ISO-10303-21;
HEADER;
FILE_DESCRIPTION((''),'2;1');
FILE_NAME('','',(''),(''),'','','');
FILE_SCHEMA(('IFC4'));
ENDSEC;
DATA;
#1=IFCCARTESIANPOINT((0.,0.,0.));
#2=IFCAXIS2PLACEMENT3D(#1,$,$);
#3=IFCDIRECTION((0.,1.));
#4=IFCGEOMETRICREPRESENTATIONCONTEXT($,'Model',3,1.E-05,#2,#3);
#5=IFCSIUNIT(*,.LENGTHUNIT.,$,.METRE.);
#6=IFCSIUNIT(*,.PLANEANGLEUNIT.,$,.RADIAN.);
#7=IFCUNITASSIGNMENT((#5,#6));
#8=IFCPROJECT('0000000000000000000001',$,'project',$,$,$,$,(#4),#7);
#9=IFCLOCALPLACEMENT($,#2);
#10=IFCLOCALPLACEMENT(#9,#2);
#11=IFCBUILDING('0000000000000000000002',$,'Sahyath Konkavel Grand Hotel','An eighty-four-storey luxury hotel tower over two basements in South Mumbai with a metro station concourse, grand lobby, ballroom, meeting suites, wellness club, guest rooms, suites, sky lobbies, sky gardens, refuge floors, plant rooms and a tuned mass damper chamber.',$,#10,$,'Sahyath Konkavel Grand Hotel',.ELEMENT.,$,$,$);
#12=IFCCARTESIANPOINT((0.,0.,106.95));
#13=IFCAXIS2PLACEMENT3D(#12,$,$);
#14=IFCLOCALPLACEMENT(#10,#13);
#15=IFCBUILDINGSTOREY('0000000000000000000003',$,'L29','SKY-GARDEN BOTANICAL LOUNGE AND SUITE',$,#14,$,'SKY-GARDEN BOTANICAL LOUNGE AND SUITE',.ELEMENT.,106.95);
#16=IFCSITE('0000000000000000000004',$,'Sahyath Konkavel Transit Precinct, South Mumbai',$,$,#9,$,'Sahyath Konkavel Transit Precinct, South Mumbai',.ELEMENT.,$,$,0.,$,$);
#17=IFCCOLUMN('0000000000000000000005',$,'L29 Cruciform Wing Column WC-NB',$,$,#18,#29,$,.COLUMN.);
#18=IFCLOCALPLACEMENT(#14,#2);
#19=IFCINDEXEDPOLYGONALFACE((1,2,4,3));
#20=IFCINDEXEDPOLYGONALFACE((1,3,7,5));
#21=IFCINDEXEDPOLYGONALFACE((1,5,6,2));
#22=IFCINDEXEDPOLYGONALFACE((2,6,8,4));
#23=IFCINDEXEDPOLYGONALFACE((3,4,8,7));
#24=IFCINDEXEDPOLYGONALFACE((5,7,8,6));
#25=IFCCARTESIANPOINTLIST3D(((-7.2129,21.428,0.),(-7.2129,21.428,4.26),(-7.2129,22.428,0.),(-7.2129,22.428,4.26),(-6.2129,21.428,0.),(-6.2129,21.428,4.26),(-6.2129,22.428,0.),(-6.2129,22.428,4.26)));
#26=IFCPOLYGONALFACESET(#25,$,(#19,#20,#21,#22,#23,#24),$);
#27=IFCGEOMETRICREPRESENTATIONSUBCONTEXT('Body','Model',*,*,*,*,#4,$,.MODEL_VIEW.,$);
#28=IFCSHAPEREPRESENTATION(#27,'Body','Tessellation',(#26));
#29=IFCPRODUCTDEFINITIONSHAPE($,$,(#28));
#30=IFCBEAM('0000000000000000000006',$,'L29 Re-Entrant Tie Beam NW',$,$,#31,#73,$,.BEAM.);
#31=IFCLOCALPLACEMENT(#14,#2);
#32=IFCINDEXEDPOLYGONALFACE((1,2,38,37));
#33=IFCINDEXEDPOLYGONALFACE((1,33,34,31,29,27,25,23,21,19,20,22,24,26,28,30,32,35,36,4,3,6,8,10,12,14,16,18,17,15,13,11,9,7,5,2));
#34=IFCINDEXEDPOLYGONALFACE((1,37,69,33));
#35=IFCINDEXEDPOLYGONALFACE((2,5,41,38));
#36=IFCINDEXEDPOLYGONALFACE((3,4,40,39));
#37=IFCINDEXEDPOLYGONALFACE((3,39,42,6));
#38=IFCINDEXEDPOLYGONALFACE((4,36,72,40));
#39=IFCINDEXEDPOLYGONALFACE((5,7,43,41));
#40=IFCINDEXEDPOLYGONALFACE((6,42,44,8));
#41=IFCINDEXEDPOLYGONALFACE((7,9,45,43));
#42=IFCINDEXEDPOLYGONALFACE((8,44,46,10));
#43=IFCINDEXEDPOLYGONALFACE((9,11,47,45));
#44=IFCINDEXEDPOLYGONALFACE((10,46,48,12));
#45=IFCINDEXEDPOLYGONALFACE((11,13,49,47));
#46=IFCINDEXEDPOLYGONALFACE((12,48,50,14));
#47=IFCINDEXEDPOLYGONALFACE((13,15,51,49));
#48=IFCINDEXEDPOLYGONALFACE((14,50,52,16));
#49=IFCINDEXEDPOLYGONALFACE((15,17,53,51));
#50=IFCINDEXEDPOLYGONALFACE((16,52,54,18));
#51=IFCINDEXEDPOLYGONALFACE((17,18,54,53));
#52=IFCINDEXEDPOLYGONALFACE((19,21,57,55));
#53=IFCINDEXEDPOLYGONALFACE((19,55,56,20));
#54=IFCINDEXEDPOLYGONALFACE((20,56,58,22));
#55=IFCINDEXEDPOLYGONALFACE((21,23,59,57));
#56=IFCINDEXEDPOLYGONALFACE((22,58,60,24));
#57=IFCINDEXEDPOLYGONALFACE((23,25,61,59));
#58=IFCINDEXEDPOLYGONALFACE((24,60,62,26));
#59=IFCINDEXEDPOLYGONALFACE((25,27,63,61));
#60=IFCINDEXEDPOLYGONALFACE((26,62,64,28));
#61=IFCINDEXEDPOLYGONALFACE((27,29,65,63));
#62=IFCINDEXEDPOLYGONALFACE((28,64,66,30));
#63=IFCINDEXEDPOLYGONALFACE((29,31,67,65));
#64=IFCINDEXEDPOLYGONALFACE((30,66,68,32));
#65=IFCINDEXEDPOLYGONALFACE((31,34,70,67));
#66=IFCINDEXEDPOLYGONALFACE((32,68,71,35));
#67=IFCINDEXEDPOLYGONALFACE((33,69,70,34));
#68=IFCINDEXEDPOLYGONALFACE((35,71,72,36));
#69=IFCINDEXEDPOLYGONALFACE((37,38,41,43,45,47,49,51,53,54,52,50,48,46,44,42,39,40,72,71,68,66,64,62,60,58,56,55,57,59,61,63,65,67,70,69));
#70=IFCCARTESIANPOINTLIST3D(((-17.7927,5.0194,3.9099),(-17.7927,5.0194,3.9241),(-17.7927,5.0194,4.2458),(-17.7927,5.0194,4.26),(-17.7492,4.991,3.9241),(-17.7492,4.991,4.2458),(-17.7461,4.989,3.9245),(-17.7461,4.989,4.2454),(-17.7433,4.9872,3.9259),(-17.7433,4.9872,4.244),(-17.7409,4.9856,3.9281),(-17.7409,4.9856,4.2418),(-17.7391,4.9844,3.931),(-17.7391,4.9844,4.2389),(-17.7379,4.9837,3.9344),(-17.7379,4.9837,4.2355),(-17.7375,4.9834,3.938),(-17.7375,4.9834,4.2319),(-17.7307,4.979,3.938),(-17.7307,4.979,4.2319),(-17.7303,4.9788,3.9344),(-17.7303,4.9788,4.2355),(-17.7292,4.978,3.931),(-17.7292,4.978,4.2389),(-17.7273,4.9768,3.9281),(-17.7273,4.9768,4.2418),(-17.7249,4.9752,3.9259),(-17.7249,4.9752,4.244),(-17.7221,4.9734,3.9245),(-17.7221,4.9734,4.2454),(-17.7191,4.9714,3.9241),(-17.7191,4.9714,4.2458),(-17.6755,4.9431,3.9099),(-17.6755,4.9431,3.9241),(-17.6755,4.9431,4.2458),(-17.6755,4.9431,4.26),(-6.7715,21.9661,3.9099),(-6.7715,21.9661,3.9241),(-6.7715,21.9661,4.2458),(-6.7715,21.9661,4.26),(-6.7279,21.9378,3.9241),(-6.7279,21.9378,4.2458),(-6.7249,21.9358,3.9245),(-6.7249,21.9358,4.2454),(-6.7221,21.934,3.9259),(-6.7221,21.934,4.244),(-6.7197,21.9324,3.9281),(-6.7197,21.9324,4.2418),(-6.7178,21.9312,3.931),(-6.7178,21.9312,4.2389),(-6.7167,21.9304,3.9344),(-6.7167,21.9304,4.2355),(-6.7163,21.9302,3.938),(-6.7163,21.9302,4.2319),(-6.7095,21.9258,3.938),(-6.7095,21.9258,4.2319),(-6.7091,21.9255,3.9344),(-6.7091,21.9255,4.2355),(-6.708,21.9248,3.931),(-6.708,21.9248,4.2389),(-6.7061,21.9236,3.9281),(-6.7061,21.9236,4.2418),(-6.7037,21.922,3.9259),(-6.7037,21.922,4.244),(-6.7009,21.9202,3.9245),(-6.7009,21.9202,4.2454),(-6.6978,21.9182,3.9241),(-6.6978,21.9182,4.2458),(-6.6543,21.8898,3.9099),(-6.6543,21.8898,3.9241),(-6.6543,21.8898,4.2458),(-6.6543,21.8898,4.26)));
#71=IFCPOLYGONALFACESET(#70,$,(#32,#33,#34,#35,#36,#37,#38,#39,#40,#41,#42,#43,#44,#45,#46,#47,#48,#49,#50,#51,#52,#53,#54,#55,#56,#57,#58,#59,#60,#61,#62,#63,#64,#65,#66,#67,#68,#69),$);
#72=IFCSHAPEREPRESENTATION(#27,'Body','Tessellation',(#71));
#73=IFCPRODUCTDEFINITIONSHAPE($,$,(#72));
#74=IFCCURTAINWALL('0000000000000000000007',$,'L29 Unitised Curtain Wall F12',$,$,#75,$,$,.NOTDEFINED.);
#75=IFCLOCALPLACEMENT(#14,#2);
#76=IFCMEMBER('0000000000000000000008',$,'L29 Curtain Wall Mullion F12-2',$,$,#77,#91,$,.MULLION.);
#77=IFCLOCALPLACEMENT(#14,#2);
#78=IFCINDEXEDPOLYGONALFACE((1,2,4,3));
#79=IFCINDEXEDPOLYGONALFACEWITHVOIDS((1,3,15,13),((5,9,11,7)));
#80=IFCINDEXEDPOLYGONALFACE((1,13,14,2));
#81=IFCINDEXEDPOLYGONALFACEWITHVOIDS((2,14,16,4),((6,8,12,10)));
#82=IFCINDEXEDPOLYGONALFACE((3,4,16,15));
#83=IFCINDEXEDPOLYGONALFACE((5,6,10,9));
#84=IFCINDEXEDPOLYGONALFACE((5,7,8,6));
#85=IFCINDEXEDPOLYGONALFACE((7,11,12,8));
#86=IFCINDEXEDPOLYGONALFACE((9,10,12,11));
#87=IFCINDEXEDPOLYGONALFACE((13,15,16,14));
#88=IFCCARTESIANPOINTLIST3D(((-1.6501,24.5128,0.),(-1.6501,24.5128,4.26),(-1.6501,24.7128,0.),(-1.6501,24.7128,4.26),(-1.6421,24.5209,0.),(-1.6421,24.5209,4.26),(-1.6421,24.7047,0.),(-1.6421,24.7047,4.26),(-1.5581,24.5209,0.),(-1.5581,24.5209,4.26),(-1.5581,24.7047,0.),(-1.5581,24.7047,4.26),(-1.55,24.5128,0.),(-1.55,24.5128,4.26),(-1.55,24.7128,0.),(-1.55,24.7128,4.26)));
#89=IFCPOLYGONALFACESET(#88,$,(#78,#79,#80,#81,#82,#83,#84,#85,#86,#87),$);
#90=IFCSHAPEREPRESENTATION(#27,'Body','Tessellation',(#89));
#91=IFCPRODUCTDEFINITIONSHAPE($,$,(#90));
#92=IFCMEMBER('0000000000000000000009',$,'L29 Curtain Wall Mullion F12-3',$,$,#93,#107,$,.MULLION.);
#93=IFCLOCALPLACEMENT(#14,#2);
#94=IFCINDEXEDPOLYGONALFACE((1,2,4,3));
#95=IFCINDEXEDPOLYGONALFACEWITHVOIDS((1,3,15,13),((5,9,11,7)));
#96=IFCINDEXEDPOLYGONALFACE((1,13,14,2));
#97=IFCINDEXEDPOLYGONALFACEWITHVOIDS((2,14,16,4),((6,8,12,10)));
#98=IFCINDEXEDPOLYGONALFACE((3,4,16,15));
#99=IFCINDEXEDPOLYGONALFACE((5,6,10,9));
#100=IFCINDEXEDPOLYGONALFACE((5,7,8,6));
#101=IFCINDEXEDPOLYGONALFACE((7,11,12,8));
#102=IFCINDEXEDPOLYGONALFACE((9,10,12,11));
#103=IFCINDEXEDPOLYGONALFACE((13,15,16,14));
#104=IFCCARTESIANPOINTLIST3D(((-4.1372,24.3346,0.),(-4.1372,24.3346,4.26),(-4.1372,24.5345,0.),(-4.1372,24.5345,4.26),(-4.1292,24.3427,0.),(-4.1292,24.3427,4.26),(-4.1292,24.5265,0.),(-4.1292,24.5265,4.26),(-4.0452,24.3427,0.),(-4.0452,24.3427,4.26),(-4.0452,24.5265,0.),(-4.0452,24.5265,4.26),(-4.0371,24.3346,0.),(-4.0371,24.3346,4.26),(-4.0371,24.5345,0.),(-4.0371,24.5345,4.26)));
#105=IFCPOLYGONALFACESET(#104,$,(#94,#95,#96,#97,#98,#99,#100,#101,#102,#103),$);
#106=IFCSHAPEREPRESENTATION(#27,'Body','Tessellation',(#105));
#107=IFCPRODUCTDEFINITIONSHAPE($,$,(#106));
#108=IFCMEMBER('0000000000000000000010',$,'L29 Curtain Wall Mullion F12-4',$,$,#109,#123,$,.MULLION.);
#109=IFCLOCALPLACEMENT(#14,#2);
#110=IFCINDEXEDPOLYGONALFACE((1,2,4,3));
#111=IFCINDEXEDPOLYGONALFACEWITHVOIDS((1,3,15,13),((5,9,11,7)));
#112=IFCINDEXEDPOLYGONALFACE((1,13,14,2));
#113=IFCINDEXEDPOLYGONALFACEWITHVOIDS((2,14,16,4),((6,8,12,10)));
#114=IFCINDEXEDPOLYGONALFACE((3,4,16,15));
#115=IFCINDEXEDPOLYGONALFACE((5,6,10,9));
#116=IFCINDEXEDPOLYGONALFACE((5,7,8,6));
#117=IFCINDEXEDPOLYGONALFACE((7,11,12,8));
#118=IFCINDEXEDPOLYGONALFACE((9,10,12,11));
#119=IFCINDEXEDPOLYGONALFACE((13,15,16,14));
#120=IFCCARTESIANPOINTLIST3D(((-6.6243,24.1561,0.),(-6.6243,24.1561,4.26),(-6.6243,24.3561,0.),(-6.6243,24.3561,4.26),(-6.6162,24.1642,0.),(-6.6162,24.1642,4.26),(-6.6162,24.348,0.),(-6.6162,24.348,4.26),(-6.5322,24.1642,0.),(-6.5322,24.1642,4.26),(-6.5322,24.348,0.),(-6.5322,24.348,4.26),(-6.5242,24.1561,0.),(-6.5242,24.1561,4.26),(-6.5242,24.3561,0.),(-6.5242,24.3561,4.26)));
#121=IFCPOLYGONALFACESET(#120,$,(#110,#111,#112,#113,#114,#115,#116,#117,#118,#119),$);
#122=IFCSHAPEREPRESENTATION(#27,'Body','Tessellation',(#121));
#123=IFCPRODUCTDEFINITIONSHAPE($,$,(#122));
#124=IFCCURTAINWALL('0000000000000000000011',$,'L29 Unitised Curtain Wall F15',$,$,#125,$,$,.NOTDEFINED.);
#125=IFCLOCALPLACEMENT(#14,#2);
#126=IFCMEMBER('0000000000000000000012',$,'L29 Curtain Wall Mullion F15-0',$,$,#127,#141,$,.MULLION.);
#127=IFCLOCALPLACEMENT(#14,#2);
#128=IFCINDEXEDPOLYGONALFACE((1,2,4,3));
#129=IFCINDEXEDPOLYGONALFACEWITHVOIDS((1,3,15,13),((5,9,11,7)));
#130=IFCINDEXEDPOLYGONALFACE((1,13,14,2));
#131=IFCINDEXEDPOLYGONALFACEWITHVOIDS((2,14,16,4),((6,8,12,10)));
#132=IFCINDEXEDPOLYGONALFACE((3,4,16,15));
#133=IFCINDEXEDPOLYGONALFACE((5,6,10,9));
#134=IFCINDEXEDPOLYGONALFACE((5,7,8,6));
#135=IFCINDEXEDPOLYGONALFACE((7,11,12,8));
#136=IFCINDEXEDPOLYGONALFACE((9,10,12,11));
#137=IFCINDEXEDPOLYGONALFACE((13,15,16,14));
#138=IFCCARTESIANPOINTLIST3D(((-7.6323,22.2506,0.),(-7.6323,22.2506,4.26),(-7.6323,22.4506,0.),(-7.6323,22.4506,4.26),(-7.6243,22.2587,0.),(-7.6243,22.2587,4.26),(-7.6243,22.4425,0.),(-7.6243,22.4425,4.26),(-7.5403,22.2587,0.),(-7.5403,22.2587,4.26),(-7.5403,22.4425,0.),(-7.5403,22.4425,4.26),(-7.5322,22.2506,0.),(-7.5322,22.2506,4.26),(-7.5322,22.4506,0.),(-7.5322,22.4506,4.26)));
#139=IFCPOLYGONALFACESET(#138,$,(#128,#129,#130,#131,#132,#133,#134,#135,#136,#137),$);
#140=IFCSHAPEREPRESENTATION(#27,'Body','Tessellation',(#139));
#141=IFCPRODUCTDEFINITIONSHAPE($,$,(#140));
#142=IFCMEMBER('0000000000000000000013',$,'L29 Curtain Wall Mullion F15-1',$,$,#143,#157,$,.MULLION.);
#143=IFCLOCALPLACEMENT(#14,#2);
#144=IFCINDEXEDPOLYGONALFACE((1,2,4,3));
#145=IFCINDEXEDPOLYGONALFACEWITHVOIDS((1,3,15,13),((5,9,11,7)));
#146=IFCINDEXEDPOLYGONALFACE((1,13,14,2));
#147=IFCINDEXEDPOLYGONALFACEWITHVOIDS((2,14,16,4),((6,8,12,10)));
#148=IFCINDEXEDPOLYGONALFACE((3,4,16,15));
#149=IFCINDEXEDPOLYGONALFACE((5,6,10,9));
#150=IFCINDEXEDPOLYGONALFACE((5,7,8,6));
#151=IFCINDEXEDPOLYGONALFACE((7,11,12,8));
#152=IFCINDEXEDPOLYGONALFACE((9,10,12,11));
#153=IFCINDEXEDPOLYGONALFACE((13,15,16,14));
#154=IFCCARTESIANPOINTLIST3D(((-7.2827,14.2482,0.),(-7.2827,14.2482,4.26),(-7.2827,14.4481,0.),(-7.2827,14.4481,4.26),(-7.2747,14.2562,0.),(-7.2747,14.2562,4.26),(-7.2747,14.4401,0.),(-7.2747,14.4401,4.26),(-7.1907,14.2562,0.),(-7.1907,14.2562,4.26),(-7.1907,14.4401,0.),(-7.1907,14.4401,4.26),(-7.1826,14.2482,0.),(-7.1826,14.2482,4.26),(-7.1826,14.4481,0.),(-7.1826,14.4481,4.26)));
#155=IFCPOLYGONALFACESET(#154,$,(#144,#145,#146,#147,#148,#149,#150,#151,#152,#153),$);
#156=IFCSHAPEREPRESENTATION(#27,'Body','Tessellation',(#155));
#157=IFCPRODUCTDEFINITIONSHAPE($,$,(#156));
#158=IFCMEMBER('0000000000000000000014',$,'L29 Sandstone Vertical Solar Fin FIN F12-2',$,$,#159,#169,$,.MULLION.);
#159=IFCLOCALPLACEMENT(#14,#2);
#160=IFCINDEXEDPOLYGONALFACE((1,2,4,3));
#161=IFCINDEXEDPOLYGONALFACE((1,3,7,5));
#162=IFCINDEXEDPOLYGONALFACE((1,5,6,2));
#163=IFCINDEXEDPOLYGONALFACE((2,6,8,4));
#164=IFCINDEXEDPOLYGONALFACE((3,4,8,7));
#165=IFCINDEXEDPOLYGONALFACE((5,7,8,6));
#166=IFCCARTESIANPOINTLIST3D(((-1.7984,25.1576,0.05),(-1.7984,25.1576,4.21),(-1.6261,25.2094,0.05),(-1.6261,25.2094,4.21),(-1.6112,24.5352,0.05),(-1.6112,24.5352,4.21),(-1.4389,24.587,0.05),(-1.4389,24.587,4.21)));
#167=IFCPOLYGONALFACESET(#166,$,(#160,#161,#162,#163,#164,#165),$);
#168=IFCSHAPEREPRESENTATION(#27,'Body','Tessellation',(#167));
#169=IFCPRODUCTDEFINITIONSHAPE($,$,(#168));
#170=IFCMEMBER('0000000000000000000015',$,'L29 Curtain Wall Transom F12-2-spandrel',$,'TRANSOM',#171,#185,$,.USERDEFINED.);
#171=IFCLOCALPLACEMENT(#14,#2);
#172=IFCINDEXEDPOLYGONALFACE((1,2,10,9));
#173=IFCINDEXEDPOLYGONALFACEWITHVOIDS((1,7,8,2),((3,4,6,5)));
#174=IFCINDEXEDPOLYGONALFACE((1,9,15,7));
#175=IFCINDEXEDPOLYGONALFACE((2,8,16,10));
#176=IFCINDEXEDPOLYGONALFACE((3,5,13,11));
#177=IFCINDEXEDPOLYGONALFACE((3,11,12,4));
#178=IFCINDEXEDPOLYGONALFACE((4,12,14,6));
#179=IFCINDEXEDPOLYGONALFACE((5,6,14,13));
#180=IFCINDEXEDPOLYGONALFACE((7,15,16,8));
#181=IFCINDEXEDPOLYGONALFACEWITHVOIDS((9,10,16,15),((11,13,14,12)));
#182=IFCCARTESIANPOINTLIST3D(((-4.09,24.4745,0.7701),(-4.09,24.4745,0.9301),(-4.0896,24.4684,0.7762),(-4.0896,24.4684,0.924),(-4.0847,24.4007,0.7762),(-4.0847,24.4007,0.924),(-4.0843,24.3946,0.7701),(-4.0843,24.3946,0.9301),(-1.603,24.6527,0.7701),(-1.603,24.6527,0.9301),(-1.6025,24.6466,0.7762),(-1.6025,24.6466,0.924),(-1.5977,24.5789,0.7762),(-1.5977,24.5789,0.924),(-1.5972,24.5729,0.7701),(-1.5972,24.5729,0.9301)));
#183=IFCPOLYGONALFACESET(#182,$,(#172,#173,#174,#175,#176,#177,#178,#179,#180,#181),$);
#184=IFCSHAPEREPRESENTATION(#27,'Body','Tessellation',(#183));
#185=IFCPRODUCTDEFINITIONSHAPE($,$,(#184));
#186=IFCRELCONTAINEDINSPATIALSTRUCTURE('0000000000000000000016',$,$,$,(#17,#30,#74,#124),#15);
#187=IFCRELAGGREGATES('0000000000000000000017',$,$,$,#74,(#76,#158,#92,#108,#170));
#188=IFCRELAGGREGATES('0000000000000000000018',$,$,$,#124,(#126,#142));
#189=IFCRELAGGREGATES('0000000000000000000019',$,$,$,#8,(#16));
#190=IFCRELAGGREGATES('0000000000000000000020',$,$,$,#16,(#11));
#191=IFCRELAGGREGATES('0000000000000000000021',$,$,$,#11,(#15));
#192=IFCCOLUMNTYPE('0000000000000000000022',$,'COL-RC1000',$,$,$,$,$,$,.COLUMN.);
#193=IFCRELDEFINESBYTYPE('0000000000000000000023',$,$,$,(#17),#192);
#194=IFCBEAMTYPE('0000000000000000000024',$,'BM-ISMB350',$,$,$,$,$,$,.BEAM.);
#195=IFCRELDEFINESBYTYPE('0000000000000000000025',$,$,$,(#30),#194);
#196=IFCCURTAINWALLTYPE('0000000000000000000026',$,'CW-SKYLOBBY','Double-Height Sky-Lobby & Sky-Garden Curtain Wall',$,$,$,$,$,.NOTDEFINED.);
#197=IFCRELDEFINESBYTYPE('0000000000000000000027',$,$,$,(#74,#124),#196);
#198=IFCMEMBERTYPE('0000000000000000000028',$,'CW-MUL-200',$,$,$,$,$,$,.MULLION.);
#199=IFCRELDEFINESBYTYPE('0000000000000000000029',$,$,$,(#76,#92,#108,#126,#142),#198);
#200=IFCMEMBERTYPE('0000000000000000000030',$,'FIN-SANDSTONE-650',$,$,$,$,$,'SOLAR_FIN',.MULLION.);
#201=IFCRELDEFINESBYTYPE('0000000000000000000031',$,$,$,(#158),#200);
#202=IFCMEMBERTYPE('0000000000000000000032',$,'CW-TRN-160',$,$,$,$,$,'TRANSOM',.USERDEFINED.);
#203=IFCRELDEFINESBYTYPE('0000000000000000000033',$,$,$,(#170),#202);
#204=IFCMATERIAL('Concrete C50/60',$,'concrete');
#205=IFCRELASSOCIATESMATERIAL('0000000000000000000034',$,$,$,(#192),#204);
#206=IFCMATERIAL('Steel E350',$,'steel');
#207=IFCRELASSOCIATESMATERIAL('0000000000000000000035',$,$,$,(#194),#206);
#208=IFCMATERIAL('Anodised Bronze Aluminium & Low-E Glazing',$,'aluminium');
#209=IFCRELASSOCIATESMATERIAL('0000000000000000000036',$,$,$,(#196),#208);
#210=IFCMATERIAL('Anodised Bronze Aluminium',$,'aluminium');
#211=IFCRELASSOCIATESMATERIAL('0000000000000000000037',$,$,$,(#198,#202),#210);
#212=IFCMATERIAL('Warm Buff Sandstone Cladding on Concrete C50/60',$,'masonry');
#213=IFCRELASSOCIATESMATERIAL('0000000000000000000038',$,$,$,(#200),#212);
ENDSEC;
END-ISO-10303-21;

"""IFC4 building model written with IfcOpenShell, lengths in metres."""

from ifc_helpers import new_model, si_unit, direction, frame, origin, origin_2d, place, context, subcontext, project, spatial, rectangle, hollow_rectangle, i_section, extrude, source, transform, mapped, material, material_profile, profile_set, type_object, element, aggregate, save


model = new_model("IFC4")

# Units and contexts
model_context = context("Model", 3, precision=1e-05, world=origin(), true_north=direction((0.0, 1.0)))
body_context = subcontext(model_context, "Body", "Model", "MODEL_VIEW")
ifc_project = project(units=[si_unit("LENGTHUNIT", "METRE"), si_unit("PLANEANGLEUNIT", "RADIAN")], contexts=[model_context])

# Site, building, storey
site_placement = place(None, origin())
site = spatial("IfcSite", under=ifc_project, at=site_placement, Name="Sahyath Konkavel Transit Precinct, South Mumbai", LongName="Sahyath Konkavel Transit Precinct, South Mumbai", CompositionType="ELEMENT", RefElevation=0.0)
building_placement = place(site_placement, origin())
building = spatial("IfcBuilding", under=site, at=building_placement, Name="Sahyath Konkavel Grand Hotel", Description="An eighty-four-storey luxury hotel tower over two basements in South Mumbai with a metro station concourse, grand lobby, ballroom, meeting suites, wellness club, guest rooms, suites, sky lobbies, sky gardens, refuge floors, plant rooms and a tuned mass damper chamber.", LongName="Sahyath Konkavel Grand Hotel", CompositionType="ELEMENT")
storey_placement = place(building_placement, frame((0.0, 0.0, 106.95)))
storey = spatial("IfcBuildingStorey", under=building, at=storey_placement, Name="L29", Description="SKY-GARDEN BOTANICAL LOUNGE AND SUITE", LongName="SKY-GARDEN BOTANICAL LOUNGE AND SUITE", CompositionType="ELEMENT", Elevation=106.95)

# Column
ifc_material_1 = material(Name="Concrete C50/60", Category="concrete")
ifc_material_profile_1 = material_profile(ifc_material_1, rectangle(XDim=1.0, YDim=1.0, at=origin_2d()), Name="RC 1000x1000")
ifc_profile_set_1 = profile_set([ifc_material_profile_1], Name="Concrete C50/60")
column_type = type_object("IfcColumnType", Name="COL-RC1000", PredefinedType="COLUMN", material=ifc_profile_set_1)
shared_shape_1 = source(origin(), body_context, "Body", "SweptSolid", [
    extrude(rectangle(XDim=1.0, YDim=1.0, at=origin_2d()), origin(), (0.0, 0.0, 1.0), 4.26),
])
column_placement = place(storey_placement, frame((-6.7129, 21.928, 0.0), z_axis=(0.0, 0.0, 1.0), x_axis=(1.0, 0.0, 0.0)))
element("IfcColumn", 1, at=column_placement, inside=storey, type_object=column_type, Name="L29 Cruciform Wing Column WC-NB", PredefinedType="COLUMN", context=body_context, shape_type="MappedRepresentation", body=[
    mapped(shared_shape_1, transform((0.0, 0.0, 0.0), scale=1.0)),
])

# Beam
ifc_material_2 = material(Name="Steel E350", Category="steel")
ifc_material_profile_2 = material_profile(ifc_material_2, i_section(OverallWidth=0.1399, OverallDepth=0.3501, WebThickness=0.0081, FlangeThickness=0.0142, FilletRadius=0.0139, at=origin_2d()), Name="ISMB 350")
ifc_profile_set_2 = profile_set([ifc_material_profile_2], Name="Steel E350")
beam_type_1 = type_object("IfcBeamType", Name="BM-ISMB350", PredefinedType="BEAM", material=ifc_profile_set_2)
shared_shape_2 = source(origin(), body_context, "Body", "SweptSolid", [
    extrude(i_section(OverallWidth=0.1399, OverallDepth=0.3501, WebThickness=0.0081, FlangeThickness=0.0142, FilletRadius=0.0139, at=origin_2d()), origin(), (0.0, 0.0, 1.0), 20.2153),
])
beam_1_placement = place(storey_placement, frame((-6.7129, 21.928, 4.085), z_axis=(-0.545191, -0.838312, 0.0), x_axis=(0.838312, -0.545191, 0.0)))
element("IfcBeam", 2, at=beam_1_placement, inside=storey, type_object=beam_type_1, Name="L29 Re-Entrant Tie Beam NW", PredefinedType="BEAM", context=body_context, shape_type="MappedRepresentation", body=[
    mapped(shared_shape_2, transform((0.0, 0.0, 0.0), scale=1.0)),
])

# Curtain walls, members
ifc_material_3 = material(Name="Anodised Bronze Aluminium & Low-E Glazing", Category="aluminium")
curtain_wall_type = type_object("IfcCurtainWallType", Name="CW-SKYLOBBY", Description="Double-Height Sky-Lobby & Sky-Garden Curtain Wall", PredefinedType="NOTDEFINED", material=ifc_material_3)
curtain_wall_1_placement = place(storey_placement, origin())
curtain_wall_1 = element("IfcCurtainWall", 3, at=curtain_wall_1_placement, inside=storey, type_object=curtain_wall_type, Name="L29 Unitised Curtain Wall F12", PredefinedType="NOTDEFINED")
ifc_material_4 = material(Name="Anodised Bronze Aluminium", Category="aluminium")
ifc_material_profile_3 = material_profile(ifc_material_4, hollow_rectangle(XDim=0.1001, YDim=0.2, WallThickness=0.0081, at=origin_2d()), Name="RHS 200x100x8")
ifc_profile_set_3 = profile_set([ifc_material_profile_3], Name="Anodised Bronze Aluminium")
member_type_1 = type_object("IfcMemberType", Name="CW-MUL-200", PredefinedType="MULLION", material=ifc_profile_set_3)
shared_shape_3 = source(origin(), body_context, "Body", "SweptSolid", [
    extrude(hollow_rectangle(XDim=0.1001, YDim=0.2, WallThickness=0.0081, at=origin_2d()), origin(), (0.0, 0.0, 1.0), 4.26),
])
member_1_placement = place(storey_placement, frame((-1.6001, 24.6128, 0.0), z_axis=(0.0, 0.0, 1.0), x_axis=(1.0, 0.0, 0.0)))
member_1 = element("IfcMember", 4, at=member_1_placement, type_object=member_type_1, Name="L29 Curtain Wall Mullion F12-2", PredefinedType="MULLION", context=body_context, shape_type="MappedRepresentation", body=[
    mapped(shared_shape_3, transform((0.0, 0.0, 0.0), scale=1.0)),
])
member_2_placement = place(storey_placement, frame((-4.0872, 24.4346, 0.0), z_axis=(0.0, 0.0, 1.0), x_axis=(1.0, 0.0, 0.0)))
member_2 = element("IfcMember", 5, at=member_2_placement, type_object=member_type_1, Name="L29 Curtain Wall Mullion F12-3", PredefinedType="MULLION", context=body_context, shape_type="MappedRepresentation", body=[
    mapped(shared_shape_3, transform((0.0, 0.0, 0.0), scale=1.0)),
])
member_3_placement = place(storey_placement, frame((-6.5742, 24.2561, 0.0), z_axis=(0.0, 0.0, 1.0), x_axis=(1.0, 0.0, 0.0)))
member_3 = element("IfcMember", 6, at=member_3_placement, type_object=member_type_1, Name="L29 Curtain Wall Mullion F12-4", PredefinedType="MULLION", context=body_context, shape_type="MappedRepresentation", body=[
    mapped(shared_shape_3, transform((0.0, 0.0, 0.0), scale=1.0)),
])
curtain_wall_2_placement = place(storey_placement, origin())
curtain_wall_2 = element("IfcCurtainWall", 7, at=curtain_wall_2_placement, inside=storey, type_object=curtain_wall_type, Name="L29 Unitised Curtain Wall F15", PredefinedType="NOTDEFINED")
member_4_placement = place(storey_placement, frame((-7.5823, 22.3506, 0.0), z_axis=(0.0, 0.0, 1.0), x_axis=(1.0, 0.0, 0.0)))
member_4 = element("IfcMember", 8, at=member_4_placement, type_object=member_type_1, Name="L29 Curtain Wall Mullion F15-0", PredefinedType="MULLION", context=body_context, shape_type="MappedRepresentation", body=[
    mapped(shared_shape_3, transform((0.0, 0.0, 0.0), scale=1.0)),
])
member_5_placement = place(storey_placement, frame((-7.2327, 14.3481, 0.0), z_axis=(0.0, 0.0, 1.0), x_axis=(1.0, 0.0, 0.0)))
member_5 = element("IfcMember", 9, at=member_5_placement, type_object=member_type_1, Name="L29 Curtain Wall Mullion F15-1", PredefinedType="MULLION", context=body_context, shape_type="MappedRepresentation", body=[
    mapped(shared_shape_3, transform((0.0, 0.0, 0.0), scale=1.0)),
])

# Members
ifc_material_5 = material(Name="Warm Buff Sandstone Cladding on Concrete C50/60", Category="masonry")
ifc_material_profile_4 = material_profile(ifc_material_5, rectangle(XDim=0.1799, YDim=0.6499, at=origin_2d()), Name="FIN 180x650")
ifc_profile_set_4 = profile_set([ifc_material_profile_4], Name="Warm Buff Sandstone Cladding on Concrete C50/60")
member_type_2 = type_object("IfcMemberType", Name="FIN-SANDSTONE-650", ElementType="SOLAR_FIN", PredefinedType="MULLION", material=ifc_profile_set_4)
shared_shape_4 = source(origin(), body_context, "Body", "SweptSolid", [
    extrude(rectangle(XDim=0.1799, YDim=0.6499, at=origin_2d()), origin(), (0.0, 0.0, 1.0), 4.1599),
])
member_6_placement = place(storey_placement, frame((-1.6187, 24.8723, 0.05), z_axis=(0.0, 0.0, 1.0), x_axis=(0.957622, 0.288029, 0.0)))
member_6 = element("IfcMember", 10, at=member_6_placement, type_object=member_type_2, Name="L29 Sandstone Vertical Solar Fin FIN F12-2", PredefinedType="MULLION", context=body_context, shape_type="MappedRepresentation", body=[
    mapped(shared_shape_4, transform((0.0, 0.0, 0.0), scale=1.0)),
])
ifc_material_profile_5 = material_profile(ifc_material_4, hollow_rectangle(XDim=0.0801, YDim=0.1599, WallThickness=0.0061, at=origin_2d()), Name="RHS 160x80x6")
ifc_profile_set_5 = profile_set([ifc_material_profile_5], Name="Anodised Bronze Aluminium")
member_type_3 = type_object("IfcMemberType", Name="CW-TRN-160", ElementType="TRANSOM", PredefinedType="USERDEFINED", material=ifc_profile_set_5)
shared_shape_5 = source(origin(), body_context, "Body", "SweptSolid", [
    extrude(hollow_rectangle(XDim=0.0801, YDim=0.1599, WallThickness=0.0061, at=origin_2d()), origin(), (0.0, 0.0, 1.0), 2.4934),
])
member_7_placement = place(storey_placement, frame((-1.6001, 24.6128, 0.8501), z_axis=(-0.997442, -0.071477, 0.0), x_axis=(0.071477, -0.997442, 0.0)))
member_7 = element("IfcMember", 11, at=member_7_placement, type_object=member_type_3, Name="L29 Curtain Wall Transom F12-2-spandrel", ObjectType="TRANSOM", PredefinedType="USERDEFINED", context=body_context, shape_type="MappedRepresentation", body=[
    mapped(shared_shape_5, transform((0.0, 0.0, 0.0), scale=1.0)),
])

aggregate(curtain_wall_1, [member_1, member_6, member_2, member_3, member_7])
aggregate(curtain_wall_2, [member_4, member_5])

save(model, "model.ifc")
